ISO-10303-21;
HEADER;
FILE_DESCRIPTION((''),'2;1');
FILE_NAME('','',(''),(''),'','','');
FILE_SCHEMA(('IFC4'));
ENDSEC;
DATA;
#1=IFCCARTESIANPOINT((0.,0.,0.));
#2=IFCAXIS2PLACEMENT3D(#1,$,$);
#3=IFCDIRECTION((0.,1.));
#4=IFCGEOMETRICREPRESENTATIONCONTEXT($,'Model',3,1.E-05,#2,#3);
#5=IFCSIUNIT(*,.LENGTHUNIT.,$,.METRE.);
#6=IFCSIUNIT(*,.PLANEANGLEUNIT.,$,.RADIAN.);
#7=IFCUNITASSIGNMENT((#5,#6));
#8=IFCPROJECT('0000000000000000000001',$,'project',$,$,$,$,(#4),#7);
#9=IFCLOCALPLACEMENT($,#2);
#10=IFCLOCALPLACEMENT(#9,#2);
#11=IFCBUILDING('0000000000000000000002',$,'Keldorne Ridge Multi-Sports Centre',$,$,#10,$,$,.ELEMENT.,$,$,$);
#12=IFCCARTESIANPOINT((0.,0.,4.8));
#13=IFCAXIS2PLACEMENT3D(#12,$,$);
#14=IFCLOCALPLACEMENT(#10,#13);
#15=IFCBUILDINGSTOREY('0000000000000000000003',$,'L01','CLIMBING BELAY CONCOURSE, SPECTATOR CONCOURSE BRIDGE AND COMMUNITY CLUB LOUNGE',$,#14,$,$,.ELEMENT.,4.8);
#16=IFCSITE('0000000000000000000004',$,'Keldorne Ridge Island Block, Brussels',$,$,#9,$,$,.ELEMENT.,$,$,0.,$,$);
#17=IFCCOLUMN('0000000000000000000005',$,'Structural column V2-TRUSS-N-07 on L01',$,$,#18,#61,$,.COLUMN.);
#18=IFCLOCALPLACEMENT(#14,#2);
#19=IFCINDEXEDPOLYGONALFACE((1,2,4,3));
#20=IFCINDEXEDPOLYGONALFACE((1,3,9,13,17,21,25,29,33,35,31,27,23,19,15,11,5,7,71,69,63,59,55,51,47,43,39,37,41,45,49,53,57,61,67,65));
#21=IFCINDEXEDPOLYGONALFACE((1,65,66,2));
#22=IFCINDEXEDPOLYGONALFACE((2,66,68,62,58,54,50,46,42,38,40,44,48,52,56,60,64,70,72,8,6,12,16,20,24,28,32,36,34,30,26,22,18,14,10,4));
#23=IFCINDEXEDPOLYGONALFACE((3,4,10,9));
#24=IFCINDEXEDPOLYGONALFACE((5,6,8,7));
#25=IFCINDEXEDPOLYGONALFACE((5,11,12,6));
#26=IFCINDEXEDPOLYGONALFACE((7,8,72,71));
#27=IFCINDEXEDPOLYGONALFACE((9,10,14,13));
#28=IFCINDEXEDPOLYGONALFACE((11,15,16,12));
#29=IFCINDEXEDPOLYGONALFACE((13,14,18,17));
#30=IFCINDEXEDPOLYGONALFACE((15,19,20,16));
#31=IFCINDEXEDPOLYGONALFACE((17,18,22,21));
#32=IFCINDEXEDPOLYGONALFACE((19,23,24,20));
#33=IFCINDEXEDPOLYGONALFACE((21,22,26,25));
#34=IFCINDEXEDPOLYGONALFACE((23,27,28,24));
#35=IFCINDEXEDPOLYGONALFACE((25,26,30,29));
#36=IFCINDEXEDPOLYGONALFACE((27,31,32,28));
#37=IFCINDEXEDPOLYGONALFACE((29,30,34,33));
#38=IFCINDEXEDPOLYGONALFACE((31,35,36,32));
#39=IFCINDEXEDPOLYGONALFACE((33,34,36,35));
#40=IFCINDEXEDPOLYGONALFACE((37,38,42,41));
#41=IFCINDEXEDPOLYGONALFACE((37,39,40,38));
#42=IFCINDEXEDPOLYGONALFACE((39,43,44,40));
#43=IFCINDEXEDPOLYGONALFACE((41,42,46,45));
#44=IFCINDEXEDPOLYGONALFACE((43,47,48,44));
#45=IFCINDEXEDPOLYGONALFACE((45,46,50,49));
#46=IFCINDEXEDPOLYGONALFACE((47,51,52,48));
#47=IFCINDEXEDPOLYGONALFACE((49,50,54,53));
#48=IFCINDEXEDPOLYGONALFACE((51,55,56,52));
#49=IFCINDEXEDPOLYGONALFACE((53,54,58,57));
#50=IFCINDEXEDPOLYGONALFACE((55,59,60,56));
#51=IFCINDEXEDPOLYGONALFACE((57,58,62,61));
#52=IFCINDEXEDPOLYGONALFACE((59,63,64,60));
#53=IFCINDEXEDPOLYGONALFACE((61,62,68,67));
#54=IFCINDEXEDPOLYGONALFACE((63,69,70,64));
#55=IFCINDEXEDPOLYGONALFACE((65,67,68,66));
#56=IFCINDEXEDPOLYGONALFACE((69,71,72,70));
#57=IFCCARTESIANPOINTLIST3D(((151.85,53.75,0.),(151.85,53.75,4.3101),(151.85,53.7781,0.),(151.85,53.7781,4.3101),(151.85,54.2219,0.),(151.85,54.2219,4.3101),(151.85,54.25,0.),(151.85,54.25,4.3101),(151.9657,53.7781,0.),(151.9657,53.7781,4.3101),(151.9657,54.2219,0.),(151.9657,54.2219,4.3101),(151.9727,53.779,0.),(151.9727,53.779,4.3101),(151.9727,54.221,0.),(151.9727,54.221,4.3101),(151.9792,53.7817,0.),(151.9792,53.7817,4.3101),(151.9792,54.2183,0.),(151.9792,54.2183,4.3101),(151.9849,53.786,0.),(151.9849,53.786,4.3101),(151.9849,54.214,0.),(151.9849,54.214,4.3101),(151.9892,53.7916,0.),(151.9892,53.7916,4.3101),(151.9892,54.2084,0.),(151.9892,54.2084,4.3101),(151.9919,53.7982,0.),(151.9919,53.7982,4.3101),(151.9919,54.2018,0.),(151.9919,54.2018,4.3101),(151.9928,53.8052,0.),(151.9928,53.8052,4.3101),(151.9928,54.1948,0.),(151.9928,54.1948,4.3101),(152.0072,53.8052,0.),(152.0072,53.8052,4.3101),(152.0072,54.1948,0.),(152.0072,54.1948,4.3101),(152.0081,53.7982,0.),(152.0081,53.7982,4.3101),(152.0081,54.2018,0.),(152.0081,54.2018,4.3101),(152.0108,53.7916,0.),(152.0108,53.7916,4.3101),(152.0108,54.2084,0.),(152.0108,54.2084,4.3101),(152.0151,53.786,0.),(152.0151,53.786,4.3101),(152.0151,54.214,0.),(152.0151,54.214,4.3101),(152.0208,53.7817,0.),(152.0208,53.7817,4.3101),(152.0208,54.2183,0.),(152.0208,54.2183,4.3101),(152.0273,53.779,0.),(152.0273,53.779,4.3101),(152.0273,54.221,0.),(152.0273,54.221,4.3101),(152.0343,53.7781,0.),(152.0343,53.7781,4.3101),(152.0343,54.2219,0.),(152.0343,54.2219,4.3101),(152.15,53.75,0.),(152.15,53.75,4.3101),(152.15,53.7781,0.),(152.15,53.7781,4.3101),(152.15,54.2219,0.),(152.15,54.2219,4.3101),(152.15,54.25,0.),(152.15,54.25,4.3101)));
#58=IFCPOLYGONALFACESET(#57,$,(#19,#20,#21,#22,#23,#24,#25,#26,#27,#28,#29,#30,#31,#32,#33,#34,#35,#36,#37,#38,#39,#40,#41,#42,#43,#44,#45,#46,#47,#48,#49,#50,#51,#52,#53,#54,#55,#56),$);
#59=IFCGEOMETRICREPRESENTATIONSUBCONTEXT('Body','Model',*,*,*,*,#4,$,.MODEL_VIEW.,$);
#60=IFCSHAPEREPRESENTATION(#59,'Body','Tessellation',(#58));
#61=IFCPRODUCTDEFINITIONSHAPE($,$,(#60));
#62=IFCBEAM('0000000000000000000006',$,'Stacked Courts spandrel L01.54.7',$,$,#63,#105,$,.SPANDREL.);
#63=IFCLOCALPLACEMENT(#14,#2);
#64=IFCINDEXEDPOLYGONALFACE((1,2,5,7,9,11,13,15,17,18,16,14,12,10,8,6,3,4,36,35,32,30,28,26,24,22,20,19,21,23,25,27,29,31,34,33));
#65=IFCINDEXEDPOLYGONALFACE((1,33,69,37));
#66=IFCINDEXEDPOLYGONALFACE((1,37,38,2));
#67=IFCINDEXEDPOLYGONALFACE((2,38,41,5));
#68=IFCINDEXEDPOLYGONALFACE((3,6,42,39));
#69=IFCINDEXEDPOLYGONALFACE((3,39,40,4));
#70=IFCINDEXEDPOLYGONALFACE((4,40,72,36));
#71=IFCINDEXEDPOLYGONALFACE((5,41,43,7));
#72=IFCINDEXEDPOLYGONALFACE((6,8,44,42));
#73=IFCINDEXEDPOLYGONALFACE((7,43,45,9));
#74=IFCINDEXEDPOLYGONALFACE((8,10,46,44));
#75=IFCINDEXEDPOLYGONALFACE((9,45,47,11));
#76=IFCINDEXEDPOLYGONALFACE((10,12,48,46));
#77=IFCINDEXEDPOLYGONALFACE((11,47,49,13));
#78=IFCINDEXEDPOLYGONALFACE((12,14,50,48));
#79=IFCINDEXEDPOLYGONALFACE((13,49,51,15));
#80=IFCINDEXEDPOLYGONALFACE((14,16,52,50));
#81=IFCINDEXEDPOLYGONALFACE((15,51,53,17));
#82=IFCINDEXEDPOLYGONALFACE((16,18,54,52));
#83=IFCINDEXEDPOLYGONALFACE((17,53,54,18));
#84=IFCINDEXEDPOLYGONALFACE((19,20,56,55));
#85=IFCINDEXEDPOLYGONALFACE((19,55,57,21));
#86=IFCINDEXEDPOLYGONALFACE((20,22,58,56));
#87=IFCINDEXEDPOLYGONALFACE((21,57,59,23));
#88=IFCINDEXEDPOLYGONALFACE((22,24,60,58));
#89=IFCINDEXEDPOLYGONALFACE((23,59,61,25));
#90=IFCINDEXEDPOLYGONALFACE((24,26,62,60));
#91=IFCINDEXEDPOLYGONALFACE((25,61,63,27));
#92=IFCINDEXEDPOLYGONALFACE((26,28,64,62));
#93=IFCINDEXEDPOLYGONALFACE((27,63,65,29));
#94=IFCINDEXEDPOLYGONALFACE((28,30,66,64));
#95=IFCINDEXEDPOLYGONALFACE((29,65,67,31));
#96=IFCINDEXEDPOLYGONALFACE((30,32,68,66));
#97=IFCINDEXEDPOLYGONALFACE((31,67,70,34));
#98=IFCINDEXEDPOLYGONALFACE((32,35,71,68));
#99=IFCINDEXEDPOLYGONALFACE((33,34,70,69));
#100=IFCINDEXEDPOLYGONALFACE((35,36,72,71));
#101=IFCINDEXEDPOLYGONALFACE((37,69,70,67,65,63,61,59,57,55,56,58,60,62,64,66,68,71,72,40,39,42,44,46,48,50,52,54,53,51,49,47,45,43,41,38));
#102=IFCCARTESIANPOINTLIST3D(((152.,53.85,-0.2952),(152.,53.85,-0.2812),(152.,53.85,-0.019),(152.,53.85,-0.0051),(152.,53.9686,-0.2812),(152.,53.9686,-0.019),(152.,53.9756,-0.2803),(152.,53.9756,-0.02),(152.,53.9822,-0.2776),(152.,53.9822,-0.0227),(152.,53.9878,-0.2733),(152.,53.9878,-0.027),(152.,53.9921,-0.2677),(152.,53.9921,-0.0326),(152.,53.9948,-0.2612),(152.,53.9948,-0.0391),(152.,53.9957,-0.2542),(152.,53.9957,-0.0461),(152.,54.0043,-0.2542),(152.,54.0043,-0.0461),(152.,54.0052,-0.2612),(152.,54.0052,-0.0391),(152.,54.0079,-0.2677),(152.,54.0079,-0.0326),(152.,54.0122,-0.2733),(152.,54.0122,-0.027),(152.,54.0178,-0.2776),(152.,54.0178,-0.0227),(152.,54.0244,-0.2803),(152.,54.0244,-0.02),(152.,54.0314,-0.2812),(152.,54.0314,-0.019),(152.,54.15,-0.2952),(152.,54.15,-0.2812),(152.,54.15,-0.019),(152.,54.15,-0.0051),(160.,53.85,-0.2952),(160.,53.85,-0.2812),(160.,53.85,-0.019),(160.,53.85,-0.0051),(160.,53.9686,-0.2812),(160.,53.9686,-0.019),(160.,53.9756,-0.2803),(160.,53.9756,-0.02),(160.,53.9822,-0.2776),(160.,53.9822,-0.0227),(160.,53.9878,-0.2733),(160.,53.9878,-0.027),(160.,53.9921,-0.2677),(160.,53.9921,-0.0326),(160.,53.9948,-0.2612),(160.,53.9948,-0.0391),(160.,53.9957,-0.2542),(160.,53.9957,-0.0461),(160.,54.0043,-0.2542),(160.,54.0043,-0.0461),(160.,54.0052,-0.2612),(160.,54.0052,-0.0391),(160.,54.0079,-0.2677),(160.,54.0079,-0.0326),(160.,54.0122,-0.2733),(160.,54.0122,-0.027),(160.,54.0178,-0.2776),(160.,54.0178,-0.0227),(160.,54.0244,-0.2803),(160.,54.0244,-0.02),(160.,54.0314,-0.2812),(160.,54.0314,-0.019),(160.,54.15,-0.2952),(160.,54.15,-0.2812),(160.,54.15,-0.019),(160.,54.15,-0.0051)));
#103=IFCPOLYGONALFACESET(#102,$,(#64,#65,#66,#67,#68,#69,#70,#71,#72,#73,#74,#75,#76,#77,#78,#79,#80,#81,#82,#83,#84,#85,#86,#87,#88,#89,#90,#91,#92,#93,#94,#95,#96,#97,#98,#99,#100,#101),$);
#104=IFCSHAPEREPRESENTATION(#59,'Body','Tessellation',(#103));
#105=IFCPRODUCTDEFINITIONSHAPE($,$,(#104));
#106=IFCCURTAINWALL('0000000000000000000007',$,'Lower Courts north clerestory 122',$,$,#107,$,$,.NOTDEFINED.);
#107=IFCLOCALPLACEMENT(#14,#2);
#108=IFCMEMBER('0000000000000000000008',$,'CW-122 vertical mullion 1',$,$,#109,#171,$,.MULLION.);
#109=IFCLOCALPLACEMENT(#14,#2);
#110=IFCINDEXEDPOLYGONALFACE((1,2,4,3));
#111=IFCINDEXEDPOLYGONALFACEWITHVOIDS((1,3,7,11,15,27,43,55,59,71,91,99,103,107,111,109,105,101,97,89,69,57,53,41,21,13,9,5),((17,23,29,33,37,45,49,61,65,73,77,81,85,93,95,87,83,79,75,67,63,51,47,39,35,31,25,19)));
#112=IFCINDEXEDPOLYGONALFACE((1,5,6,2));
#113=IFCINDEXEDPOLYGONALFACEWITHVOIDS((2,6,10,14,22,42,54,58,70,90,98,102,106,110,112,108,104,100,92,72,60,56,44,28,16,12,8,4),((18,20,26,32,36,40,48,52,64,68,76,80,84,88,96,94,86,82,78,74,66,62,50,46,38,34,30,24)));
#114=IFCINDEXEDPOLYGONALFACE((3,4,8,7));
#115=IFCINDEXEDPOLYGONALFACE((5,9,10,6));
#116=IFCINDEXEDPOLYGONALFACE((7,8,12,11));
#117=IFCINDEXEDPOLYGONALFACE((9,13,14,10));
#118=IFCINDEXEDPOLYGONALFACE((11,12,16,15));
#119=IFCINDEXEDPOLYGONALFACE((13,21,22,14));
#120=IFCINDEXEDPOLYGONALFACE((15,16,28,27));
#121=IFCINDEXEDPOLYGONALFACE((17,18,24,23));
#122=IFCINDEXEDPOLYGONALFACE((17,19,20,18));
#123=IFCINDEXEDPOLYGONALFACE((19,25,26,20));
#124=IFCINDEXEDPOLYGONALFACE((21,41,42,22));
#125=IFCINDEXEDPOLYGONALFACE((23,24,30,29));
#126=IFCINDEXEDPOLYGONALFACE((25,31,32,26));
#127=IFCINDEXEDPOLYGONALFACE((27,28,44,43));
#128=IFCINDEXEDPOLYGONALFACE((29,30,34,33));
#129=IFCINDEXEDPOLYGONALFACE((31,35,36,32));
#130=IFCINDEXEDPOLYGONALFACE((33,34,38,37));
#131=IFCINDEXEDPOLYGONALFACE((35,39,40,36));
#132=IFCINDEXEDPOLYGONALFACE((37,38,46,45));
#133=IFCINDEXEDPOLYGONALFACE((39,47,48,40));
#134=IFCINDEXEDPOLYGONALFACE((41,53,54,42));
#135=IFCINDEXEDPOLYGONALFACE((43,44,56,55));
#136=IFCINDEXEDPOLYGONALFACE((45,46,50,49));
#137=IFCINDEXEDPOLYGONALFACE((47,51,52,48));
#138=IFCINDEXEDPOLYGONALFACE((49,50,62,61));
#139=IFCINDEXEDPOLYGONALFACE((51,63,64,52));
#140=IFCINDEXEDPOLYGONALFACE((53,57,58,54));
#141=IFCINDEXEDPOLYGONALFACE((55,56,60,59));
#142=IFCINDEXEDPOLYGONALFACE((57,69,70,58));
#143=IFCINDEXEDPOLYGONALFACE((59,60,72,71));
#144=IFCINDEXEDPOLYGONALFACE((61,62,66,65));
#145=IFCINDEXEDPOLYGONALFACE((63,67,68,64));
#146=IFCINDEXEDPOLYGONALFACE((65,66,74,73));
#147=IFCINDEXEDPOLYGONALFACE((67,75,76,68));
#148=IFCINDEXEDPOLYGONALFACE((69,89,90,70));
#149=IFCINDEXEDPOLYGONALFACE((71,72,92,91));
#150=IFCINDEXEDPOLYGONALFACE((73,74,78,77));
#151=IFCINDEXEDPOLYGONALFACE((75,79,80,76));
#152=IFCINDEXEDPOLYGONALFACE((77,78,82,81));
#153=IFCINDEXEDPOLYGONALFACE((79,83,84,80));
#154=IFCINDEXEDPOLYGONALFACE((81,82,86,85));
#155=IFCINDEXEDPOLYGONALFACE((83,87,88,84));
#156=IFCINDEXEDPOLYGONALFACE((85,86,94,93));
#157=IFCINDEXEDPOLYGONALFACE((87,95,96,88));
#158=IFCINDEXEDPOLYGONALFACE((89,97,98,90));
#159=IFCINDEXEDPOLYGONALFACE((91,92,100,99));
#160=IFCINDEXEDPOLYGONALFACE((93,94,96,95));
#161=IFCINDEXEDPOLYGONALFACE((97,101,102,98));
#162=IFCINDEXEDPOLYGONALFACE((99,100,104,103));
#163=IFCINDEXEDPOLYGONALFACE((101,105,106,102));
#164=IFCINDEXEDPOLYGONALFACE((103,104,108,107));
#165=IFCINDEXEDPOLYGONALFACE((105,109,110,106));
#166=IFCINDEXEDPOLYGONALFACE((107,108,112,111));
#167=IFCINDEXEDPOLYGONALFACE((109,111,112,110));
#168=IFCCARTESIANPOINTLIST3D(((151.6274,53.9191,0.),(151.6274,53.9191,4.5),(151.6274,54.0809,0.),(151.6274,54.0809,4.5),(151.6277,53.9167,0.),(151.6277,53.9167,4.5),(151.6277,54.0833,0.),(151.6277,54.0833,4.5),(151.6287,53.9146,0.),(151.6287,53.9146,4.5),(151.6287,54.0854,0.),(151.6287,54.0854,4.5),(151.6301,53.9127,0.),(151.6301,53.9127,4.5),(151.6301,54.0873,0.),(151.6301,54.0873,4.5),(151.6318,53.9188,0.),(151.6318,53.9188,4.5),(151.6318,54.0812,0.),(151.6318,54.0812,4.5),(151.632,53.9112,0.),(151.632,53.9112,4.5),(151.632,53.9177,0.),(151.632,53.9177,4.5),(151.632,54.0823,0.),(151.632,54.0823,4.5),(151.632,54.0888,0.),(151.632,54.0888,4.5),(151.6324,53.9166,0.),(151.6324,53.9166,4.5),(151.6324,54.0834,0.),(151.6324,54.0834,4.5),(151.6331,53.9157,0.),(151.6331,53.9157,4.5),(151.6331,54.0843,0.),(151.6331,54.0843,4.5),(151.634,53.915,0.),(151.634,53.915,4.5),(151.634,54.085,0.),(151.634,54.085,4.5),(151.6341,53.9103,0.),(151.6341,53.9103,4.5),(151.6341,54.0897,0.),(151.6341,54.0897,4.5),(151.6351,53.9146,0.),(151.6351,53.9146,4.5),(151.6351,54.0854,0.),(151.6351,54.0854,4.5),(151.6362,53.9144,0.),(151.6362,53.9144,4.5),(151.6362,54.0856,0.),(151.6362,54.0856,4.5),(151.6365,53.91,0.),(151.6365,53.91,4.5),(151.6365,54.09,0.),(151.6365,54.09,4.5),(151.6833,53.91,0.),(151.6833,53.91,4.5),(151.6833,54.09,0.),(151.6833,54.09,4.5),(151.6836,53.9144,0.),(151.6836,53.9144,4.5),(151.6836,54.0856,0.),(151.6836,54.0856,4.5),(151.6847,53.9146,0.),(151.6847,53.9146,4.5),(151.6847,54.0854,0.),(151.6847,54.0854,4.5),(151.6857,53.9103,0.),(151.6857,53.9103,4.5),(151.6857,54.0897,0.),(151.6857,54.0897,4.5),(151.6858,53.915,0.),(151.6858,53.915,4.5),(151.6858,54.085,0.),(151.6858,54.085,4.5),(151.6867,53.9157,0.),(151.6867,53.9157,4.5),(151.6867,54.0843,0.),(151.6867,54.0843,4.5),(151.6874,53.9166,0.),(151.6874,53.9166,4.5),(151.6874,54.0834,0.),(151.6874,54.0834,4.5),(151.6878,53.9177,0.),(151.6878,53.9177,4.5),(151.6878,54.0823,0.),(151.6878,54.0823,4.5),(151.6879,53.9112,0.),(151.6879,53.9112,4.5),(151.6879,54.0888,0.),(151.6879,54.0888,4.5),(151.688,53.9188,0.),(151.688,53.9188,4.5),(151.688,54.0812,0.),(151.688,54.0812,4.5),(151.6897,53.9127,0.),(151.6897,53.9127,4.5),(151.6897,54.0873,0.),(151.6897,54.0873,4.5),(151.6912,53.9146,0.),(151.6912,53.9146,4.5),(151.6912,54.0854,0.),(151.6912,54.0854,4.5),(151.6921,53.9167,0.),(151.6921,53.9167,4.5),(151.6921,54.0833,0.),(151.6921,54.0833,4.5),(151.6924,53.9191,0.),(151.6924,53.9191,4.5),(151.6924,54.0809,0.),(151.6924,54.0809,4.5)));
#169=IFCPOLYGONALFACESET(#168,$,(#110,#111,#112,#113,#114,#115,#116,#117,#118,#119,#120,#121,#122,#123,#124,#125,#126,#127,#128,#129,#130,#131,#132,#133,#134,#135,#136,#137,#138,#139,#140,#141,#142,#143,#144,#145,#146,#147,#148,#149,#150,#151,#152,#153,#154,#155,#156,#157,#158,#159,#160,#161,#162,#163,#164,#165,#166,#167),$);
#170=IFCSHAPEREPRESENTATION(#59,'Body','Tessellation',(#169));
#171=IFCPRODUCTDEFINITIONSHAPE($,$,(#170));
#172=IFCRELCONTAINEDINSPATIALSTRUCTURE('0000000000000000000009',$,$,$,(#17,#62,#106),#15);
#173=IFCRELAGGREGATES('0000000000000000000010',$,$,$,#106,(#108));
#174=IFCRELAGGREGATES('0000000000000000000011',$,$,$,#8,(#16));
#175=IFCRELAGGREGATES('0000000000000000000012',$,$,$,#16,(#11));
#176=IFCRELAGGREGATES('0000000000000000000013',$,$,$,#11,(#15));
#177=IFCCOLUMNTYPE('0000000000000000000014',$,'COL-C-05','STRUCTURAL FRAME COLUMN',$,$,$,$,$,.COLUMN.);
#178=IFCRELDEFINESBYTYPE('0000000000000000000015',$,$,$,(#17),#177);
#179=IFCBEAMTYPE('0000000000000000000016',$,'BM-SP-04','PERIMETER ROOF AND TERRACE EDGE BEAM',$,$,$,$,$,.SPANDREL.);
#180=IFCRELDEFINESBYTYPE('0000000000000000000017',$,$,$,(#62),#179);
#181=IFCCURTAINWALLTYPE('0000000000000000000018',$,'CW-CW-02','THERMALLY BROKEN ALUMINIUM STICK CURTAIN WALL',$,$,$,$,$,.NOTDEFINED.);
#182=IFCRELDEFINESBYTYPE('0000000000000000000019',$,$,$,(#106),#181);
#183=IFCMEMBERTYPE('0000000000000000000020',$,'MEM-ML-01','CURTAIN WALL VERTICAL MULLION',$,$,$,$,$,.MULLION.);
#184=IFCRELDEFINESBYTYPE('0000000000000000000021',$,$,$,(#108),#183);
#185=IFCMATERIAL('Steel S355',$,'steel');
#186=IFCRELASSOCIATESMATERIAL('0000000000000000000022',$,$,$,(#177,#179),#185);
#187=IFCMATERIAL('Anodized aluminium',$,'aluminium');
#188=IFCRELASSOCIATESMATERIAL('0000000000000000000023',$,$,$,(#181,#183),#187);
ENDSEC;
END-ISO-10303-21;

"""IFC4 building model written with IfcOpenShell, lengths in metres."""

from ifc_helpers import new_model, si_unit, direction, frame, origin, origin_2d, place, context, subcontext, project, spatial, hollow_rectangle, i_section, extrude, material, material_profile, profile_set, type_object, element, aggregate, save


model = new_model("IFC4")

# Units and contexts
model_context = context("Model", 3, precision=1e-05, world=origin(), true_north=direction((0.0, 1.0)))
body_context = subcontext(model_context, "Body", "Model", "MODEL_VIEW")
ifc_project = project(units=[si_unit("LENGTHUNIT", "METRE"), si_unit("PLANEANGLEUNIT", "RADIAN")], contexts=[model_context])

# Site, building, storey
site_placement = place(None, origin())
site = spatial("IfcSite", under=ifc_project, at=site_placement, Name="Keldorne Ridge Island Block, Brussels", CompositionType="ELEMENT", RefElevation=0.0)
building_placement = place(site_placement, origin())
building = spatial("IfcBuilding", under=site, at=building_placement, Name="Keldorne Ridge Multi-Sports Centre", CompositionType="ELEMENT")
storey_placement = place(building_placement, frame((0.0, 0.0, 4.8)))
storey = spatial("IfcBuildingStorey", under=building, at=storey_placement, Name="L01", Description="CLIMBING BELAY CONCOURSE, SPECTATOR CONCOURSE BRIDGE AND COMMUNITY CLUB LOUNGE", CompositionType="ELEMENT", Elevation=4.8)

# Column
ifc_material_1 = material(Name="Steel S355", Category="steel")
ifc_material_profile_1 = material_profile(ifc_material_1, i_section(OverallWidth=0.3, OverallDepth=0.5, WebThickness=0.0144, FlangeThickness=0.0281, FilletRadius=0.0271, at=origin_2d()), Name="HEB 500")
ifc_profile_set_1 = profile_set([ifc_material_profile_1], Name="Steel S355")
column_type = type_object("IfcColumnType", Name="COL-C-05", Description="STRUCTURAL FRAME COLUMN", PredefinedType="COLUMN", material=ifc_profile_set_1)
column_placement = place(storey_placement, frame((152.0, 54.0, 0.0), z_axis=(0.0, 0.0, 1.0), x_axis=(1.0, 0.0, 0.0)))
element("IfcColumn", 1, at=column_placement, inside=storey, type_object=column_type, Name="Structural column V2-TRUSS-N-07 on L01", PredefinedType="COLUMN", context=body_context, shape_type="SweptSolid", body=[
    extrude(i_section(OverallWidth=0.3, OverallDepth=0.5, WebThickness=0.0144, FlangeThickness=0.0281, FilletRadius=0.0271, at=origin_2d()), origin(), (0.0, 0.0, 1.0), 4.3101),
])

# Beam
ifc_material_profile_2 = material_profile(ifc_material_1, i_section(OverallWidth=0.3, OverallDepth=0.29, WebThickness=0.0085, FlangeThickness=0.0139, FilletRadius=0.0271, at=origin_2d()), Name="HEA 300")
ifc_profile_set_2 = profile_set([ifc_material_profile_2], Name="Steel S355")
beam_type = type_object("IfcBeamType", Name="BM-SP-04", Description="PERIMETER ROOF AND TERRACE EDGE BEAM", PredefinedType="SPANDREL", material=ifc_profile_set_2)
beam_placement = place(storey_placement, frame((152.0, 54.0, -0.1501), z_axis=(1.0, 0.0, 0.0), x_axis=(0.0, 1.0, 0.0)))
element("IfcBeam", 2, at=beam_placement, inside=storey, type_object=beam_type, Name="Stacked Courts spandrel L01.54.7", PredefinedType="SPANDREL", context=body_context, shape_type="SweptSolid", body=[
    extrude(i_section(OverallWidth=0.3, OverallDepth=0.29, WebThickness=0.0085, FlangeThickness=0.0139, FilletRadius=0.0271, at=origin_2d()), origin(), (0.0, 0.0, 1.0), 8.0),
])

# Curtain wall, member
ifc_material_2 = material(Name="Anodized aluminium", Category="aluminium")
curtain_wall_type_1 = type_object("IfcCurtainWallType", Name="CW-CW-02", Description="THERMALLY BROKEN ALUMINIUM STICK CURTAIN WALL", PredefinedType="NOTDEFINED", material=ifc_material_2)
curtain_wall_1_placement = place(storey_placement, origin())
curtain_wall_1 = element("IfcCurtainWall", 3, at=curtain_wall_1_placement, inside=storey, type_object=curtain_wall_type_1, Name="Lower Courts north clerestory 122", PredefinedType="NOTDEFINED")
ifc_material_profile_3 = material_profile(ifc_material_2, hollow_rectangle(XDim=0.0649, YDim=0.1799, WallThickness=0.0044, InnerFilletRadius=0.0044, OuterFilletRadius=0.009, at=origin_2d()), Name="ALU MULLION 180x65x4.5")
ifc_profile_set_3 = profile_set([ifc_material_profile_3], Name="Anodized aluminium")
member_type_1 = type_object("IfcMemberType", Name="MEM-ML-01", Description="CURTAIN WALL VERTICAL MULLION", PredefinedType="MULLION", material=ifc_profile_set_3)
member_1_placement = place(storey_placement, frame((151.6599, 54.0, 0.0), z_axis=(0.0, 0.0, 1.0), x_axis=(1.0, 0.0, 0.0)))
member_1 = element("IfcMember", 4, at=member_1_placement, type_object=member_type_1, Name="CW-122 vertical mullion 1", PredefinedType="MULLION", context=body_context, shape_type="SweptSolid", body=[
    extrude(hollow_rectangle(XDim=0.0649, YDim=0.1799, WallThickness=0.0044, InnerFilletRadius=0.0044, OuterFilletRadius=0.009, at=origin_2d()), origin(), (0.0, 0.0, 1.0), 4.5),
])

aggregate(curtain_wall_1, [member_1])

save(model, "model.ifc")
